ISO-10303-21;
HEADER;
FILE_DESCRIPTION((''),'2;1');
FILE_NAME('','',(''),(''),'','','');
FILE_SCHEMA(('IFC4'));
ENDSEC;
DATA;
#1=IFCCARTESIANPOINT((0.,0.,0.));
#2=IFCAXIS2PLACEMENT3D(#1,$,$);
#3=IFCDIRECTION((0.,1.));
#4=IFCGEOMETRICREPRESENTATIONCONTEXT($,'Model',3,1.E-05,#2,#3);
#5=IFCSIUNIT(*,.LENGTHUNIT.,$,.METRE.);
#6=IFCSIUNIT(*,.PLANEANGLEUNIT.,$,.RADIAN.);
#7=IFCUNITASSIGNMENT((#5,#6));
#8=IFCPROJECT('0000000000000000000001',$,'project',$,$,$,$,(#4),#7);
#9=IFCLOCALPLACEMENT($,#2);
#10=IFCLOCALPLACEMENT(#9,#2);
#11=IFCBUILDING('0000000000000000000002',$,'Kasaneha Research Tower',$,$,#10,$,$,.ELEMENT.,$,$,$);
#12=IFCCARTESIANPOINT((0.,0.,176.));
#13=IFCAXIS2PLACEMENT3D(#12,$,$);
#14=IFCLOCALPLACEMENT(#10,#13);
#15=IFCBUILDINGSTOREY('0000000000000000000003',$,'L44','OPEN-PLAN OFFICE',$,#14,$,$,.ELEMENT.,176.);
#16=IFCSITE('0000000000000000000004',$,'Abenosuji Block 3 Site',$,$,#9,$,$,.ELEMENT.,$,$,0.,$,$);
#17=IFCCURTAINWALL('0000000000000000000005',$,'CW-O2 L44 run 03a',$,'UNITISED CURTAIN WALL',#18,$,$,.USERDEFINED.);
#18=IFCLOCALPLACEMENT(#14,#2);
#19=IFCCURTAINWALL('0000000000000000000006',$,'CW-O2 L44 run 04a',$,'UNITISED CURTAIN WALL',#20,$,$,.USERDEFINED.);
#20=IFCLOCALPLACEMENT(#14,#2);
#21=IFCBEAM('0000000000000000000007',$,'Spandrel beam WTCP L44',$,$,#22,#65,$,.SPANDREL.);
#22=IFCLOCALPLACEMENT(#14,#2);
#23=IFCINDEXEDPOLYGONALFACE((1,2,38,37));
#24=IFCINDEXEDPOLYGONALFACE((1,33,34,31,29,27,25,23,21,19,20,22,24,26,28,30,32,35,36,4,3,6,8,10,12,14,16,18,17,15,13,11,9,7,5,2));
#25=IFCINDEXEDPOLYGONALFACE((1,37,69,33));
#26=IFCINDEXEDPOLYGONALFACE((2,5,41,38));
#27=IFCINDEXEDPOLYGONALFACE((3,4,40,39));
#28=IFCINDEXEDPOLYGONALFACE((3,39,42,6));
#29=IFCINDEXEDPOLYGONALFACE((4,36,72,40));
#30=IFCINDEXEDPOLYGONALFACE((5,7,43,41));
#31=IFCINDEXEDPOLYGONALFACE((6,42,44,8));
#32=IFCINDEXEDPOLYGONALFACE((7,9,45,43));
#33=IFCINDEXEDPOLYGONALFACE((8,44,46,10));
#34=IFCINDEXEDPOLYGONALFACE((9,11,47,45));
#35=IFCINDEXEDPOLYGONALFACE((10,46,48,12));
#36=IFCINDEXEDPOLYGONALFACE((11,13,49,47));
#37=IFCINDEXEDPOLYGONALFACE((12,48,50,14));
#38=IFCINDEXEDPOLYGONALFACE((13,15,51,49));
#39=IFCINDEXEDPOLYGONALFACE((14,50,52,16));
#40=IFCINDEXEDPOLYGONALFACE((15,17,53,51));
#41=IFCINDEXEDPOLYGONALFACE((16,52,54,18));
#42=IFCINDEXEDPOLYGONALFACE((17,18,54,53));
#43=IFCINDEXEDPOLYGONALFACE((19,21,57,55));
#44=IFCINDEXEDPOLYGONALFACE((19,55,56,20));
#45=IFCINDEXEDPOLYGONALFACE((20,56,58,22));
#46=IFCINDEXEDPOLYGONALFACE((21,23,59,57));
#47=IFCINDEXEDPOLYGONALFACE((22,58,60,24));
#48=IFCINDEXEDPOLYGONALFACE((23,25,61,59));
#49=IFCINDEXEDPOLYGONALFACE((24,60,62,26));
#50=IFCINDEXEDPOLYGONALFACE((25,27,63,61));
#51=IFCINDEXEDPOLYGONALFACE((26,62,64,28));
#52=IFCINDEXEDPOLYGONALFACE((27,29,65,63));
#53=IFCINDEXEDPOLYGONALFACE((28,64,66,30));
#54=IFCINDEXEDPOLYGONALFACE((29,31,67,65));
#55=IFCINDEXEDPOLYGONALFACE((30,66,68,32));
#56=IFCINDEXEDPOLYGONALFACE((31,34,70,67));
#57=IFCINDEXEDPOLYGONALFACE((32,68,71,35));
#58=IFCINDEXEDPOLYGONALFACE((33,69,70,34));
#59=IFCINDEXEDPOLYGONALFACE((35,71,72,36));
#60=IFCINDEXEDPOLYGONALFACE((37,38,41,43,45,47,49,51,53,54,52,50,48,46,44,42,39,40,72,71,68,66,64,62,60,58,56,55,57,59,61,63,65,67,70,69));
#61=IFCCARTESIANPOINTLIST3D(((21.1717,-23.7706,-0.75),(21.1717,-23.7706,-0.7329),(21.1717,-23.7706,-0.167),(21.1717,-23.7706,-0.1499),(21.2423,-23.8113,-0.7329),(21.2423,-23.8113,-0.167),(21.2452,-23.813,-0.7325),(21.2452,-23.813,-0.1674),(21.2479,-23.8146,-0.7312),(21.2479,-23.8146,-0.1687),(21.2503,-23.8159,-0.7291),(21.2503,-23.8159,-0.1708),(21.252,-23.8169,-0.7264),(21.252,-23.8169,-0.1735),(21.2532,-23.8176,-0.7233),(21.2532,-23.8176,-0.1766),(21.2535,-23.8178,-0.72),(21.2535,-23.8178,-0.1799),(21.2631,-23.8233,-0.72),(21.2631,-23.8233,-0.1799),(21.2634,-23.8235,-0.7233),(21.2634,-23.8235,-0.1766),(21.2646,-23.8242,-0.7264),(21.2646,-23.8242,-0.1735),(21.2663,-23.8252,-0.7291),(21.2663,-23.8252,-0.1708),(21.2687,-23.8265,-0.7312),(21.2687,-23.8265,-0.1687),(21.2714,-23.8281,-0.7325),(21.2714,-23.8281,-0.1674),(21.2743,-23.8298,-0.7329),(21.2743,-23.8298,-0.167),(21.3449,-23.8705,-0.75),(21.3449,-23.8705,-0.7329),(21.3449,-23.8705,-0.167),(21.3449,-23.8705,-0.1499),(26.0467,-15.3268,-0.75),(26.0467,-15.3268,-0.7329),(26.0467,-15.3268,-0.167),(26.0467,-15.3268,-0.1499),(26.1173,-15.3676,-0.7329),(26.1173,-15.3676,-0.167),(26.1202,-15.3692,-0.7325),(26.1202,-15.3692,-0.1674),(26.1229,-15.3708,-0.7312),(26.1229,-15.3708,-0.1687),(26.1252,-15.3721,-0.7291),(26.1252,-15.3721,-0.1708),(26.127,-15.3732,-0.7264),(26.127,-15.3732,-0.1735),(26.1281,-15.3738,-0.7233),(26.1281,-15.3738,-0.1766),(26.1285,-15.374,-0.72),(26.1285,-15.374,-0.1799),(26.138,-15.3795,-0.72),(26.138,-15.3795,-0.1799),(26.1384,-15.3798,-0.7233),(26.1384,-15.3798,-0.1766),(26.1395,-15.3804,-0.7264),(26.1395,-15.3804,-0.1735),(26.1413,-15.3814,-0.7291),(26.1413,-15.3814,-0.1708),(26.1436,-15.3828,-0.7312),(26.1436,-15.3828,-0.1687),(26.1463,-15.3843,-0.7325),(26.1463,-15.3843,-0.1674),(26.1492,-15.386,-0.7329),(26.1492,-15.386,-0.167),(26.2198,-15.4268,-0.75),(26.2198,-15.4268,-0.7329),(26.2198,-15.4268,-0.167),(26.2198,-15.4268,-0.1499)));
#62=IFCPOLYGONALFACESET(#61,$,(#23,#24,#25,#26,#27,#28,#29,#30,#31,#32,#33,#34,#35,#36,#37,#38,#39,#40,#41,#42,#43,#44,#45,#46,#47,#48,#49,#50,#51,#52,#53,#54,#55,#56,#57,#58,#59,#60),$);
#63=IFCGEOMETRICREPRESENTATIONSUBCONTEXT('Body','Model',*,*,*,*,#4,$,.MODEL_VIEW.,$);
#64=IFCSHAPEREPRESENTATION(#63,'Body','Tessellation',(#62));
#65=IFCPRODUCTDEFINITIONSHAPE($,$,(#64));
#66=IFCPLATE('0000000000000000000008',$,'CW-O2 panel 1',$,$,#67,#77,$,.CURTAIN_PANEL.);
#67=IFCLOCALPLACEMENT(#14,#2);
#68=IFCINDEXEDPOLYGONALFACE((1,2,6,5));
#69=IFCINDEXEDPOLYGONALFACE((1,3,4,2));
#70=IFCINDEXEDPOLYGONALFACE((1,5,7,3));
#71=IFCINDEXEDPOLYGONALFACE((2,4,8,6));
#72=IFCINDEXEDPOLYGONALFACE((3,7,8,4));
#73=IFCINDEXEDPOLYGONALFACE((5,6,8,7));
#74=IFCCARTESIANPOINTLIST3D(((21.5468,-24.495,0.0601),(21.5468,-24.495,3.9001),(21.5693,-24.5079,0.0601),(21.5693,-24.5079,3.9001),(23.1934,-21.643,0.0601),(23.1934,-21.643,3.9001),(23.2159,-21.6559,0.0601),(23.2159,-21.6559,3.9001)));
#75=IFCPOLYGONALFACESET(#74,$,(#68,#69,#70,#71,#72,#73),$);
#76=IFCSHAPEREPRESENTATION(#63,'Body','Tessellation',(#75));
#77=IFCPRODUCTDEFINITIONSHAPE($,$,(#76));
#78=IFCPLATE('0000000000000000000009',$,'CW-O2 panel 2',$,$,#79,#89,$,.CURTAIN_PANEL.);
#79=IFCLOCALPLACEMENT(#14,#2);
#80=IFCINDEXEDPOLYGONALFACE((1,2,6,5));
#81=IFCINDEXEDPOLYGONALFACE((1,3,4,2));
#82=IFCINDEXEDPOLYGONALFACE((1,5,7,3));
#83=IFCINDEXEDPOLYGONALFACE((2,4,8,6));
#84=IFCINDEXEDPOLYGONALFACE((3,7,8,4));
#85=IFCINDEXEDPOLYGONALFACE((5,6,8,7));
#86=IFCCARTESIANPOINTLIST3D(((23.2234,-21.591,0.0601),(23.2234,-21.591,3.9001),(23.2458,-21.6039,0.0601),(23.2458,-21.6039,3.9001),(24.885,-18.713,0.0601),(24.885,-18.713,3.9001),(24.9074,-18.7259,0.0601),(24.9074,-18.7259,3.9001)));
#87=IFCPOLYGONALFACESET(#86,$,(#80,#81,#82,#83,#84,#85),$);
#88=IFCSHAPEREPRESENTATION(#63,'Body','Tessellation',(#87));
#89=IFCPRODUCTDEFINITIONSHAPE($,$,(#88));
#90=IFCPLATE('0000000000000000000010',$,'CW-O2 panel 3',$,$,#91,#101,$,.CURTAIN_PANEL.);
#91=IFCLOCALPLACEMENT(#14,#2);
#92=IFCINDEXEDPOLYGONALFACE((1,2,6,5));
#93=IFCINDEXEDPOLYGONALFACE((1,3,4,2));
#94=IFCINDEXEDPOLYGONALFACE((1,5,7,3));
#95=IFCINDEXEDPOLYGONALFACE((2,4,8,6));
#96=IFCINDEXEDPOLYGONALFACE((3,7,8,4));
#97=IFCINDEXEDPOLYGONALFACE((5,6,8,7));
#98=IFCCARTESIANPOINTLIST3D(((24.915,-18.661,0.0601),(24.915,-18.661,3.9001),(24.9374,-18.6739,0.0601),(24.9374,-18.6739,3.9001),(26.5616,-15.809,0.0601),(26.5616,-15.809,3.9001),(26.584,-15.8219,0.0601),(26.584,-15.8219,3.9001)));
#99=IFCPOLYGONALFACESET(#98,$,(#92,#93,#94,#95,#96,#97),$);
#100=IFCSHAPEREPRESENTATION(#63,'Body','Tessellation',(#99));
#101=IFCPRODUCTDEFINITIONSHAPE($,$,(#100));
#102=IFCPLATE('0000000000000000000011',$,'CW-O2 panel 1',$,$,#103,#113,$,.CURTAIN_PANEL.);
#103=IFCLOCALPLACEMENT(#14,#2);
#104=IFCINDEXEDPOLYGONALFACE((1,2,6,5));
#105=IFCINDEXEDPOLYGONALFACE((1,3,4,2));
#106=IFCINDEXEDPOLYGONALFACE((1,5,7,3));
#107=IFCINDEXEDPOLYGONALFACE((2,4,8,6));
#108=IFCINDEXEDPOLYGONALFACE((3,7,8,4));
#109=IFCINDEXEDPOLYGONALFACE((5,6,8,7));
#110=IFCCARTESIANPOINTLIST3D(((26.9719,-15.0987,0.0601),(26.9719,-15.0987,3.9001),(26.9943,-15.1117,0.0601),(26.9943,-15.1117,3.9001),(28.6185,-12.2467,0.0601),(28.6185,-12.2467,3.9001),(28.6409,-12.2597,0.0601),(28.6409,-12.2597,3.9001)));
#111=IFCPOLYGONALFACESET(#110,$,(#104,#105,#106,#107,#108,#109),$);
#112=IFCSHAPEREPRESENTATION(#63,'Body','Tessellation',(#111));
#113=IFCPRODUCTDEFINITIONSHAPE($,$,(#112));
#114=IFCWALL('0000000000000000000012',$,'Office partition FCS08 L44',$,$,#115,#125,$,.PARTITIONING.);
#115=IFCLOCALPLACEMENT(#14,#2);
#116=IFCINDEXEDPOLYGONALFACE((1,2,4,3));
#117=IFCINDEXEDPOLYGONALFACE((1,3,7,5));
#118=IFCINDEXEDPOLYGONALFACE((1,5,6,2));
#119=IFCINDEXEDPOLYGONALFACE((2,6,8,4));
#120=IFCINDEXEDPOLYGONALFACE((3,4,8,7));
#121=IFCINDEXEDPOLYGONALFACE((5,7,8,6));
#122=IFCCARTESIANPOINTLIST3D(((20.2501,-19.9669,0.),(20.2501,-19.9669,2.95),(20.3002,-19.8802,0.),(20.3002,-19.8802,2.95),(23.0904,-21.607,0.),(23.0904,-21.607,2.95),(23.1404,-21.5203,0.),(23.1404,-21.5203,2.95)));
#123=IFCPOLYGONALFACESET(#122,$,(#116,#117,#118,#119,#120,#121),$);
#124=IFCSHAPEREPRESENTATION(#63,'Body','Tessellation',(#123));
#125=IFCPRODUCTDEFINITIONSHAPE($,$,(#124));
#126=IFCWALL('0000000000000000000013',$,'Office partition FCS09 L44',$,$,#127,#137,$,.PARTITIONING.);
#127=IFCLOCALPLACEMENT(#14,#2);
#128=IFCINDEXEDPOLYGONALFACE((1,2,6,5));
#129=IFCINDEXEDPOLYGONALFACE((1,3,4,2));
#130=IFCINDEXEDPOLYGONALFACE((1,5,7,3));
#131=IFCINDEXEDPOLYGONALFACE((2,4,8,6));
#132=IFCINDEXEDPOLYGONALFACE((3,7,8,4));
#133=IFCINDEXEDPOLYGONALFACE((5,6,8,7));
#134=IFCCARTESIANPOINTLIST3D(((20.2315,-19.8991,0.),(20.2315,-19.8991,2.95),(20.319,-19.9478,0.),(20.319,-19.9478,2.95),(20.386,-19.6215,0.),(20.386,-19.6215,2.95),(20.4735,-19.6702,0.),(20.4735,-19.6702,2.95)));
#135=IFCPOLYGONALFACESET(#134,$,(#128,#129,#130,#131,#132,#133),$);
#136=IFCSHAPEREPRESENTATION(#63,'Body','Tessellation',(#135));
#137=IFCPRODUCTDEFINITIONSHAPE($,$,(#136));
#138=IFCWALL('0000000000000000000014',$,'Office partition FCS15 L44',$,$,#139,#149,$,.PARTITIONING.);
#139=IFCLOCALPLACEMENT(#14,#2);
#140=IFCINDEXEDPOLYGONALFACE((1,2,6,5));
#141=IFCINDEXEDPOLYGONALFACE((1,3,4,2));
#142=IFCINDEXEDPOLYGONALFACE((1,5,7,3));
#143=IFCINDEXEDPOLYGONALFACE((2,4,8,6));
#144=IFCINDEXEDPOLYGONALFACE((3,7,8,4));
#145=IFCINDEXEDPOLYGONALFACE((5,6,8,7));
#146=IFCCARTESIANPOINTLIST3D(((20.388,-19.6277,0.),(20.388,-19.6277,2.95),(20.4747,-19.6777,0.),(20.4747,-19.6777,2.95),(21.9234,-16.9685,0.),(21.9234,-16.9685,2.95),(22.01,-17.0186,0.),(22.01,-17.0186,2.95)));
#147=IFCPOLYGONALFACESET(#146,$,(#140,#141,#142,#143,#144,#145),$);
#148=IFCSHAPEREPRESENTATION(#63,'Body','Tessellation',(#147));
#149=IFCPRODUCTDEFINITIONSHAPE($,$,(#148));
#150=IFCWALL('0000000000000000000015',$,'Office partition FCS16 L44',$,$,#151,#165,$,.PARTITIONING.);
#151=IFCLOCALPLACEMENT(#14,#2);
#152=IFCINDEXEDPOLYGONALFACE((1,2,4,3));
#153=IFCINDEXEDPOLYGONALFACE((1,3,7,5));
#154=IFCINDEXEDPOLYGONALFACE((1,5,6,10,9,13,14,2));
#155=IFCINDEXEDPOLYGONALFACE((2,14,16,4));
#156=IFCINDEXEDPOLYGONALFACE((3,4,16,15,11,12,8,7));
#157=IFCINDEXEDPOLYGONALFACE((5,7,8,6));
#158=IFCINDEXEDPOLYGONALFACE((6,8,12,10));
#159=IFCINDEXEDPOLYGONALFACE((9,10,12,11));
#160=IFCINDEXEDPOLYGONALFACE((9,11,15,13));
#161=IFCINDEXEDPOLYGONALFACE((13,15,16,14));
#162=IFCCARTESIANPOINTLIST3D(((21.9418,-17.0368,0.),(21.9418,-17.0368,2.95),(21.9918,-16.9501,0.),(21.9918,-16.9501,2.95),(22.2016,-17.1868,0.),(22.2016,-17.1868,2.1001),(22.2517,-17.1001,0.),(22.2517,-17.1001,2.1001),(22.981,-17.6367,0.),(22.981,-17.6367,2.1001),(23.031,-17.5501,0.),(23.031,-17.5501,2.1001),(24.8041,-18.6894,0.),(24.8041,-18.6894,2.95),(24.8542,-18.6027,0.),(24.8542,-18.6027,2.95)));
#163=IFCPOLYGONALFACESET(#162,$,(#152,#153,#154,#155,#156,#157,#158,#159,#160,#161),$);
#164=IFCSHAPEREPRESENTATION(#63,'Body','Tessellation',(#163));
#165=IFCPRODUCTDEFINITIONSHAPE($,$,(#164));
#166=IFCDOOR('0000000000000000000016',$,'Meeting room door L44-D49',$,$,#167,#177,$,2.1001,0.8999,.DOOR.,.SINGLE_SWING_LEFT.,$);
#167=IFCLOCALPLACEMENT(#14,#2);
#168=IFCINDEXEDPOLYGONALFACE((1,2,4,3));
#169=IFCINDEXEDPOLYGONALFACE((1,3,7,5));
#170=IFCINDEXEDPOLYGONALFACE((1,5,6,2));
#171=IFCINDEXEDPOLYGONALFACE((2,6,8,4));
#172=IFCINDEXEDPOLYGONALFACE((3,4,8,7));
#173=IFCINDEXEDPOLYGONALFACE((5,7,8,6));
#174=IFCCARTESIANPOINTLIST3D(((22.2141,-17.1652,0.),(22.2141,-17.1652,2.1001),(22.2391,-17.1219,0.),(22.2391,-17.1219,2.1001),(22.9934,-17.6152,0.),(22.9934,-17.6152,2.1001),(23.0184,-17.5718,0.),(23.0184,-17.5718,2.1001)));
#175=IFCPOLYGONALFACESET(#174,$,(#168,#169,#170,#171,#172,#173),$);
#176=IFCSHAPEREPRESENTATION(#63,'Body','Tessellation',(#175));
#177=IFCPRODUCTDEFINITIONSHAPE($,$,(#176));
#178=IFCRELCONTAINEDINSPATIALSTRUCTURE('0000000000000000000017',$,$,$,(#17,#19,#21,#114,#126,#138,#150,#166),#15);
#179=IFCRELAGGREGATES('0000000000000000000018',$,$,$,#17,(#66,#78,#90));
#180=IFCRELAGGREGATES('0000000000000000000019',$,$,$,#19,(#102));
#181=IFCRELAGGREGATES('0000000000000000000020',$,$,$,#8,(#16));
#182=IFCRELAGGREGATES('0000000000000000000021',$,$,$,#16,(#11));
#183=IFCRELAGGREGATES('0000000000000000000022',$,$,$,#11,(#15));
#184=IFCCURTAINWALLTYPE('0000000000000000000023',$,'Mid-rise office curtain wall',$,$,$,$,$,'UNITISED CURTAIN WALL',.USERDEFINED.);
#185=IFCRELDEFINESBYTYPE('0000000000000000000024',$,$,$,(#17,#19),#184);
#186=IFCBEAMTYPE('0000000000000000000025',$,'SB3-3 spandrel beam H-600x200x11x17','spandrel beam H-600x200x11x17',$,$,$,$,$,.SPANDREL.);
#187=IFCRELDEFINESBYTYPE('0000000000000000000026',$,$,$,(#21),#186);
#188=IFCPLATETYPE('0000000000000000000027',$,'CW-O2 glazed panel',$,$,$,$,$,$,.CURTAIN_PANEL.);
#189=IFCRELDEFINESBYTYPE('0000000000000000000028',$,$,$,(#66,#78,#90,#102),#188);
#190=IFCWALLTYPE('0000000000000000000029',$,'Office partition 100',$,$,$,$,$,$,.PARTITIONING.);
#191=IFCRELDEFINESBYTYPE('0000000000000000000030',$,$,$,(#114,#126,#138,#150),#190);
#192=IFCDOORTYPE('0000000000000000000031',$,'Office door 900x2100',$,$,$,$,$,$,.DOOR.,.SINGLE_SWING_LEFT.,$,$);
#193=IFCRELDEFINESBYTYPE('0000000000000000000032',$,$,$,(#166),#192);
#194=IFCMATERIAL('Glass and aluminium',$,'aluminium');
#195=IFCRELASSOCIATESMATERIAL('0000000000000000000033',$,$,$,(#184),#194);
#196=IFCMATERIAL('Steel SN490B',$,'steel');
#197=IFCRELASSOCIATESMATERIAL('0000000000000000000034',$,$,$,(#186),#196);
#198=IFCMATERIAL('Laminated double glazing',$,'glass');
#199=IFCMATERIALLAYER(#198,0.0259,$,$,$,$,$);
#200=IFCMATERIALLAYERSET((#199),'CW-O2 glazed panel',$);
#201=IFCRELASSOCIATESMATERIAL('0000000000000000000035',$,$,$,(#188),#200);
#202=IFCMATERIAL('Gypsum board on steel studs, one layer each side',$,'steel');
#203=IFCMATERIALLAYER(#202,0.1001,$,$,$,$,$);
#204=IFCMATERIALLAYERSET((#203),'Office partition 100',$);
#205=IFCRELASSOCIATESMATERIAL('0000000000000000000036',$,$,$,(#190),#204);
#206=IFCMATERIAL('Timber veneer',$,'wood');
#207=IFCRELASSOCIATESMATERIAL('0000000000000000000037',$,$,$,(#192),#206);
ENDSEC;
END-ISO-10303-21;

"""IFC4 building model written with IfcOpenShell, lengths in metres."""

from ifc_helpers import new_model, si_unit, direction, frame, frame_2d, origin, origin_2d, place, context, subcontext, project, spatial, rectangle, i_section, extrude, material, layer, layer_set, material_profile, profile_set, type_object, element, fill, aggregate, save


model = new_model("IFC4")

# Units and contexts
model_context = context("Model", 3, precision=1e-05, world=origin(), true_north=direction((0.0, 1.0)))
body_context = subcontext(model_context, "Body", "Model", "MODEL_VIEW")
ifc_project = project(units=[si_unit("LENGTHUNIT", "METRE"), si_unit("PLANEANGLEUNIT", "RADIAN")], contexts=[model_context])

# Site, building, storey
site_placement = place(None, origin())
site = spatial("IfcSite", under=ifc_project, at=site_placement, Name="Abenosuji Block 3 Site", CompositionType="ELEMENT", RefElevation=0.0)
building_placement = place(site_placement, origin())
building = spatial("IfcBuilding", under=site, at=building_placement, Name="Kasaneha Research Tower", CompositionType="ELEMENT")
storey_placement = place(building_placement, frame((0.0, 0.0, 176.0)))
storey = spatial("IfcBuildingStorey", under=building, at=storey_placement, Name="L44", Description="OPEN-PLAN OFFICE", CompositionType="ELEMENT", Elevation=176.0)

# Shared definitions
ifc_material_1 = material(Name="Glass and aluminium", Category="aluminium")
curtain_wall_type = type_object("IfcCurtainWallType", Name="Mid-rise office curtain wall", ElementType="UNITISED CURTAIN WALL", PredefinedType="USERDEFINED", material=ifc_material_1)

# Curtain walls
curtain_wall_1_placement = place(storey_placement, origin())
curtain_wall_1 = element("IfcCurtainWall", 1, at=curtain_wall_1_placement, inside=storey, type_object=curtain_wall_type, Name="CW-O2 L44 run 03a", ObjectType="UNITISED CURTAIN WALL", PredefinedType="USERDEFINED")
curtain_wall_2_placement = place(storey_placement, origin())
curtain_wall_2 = element("IfcCurtainWall", 2, at=curtain_wall_2_placement, inside=storey, type_object=curtain_wall_type, Name="CW-O2 L44 run 04a", ObjectType="UNITISED CURTAIN WALL", PredefinedType="USERDEFINED")

# Beam
ifc_material_2 = material(Name="Steel SN490B", Category="steel")
ifc_material_profile_1 = material_profile(ifc_material_2, i_section(OverallWidth=0.2, OverallDepth=0.6001, WebThickness=0.011, FlangeThickness=0.0171, FilletRadius=0.0129, at=origin_2d()), Name="H-600x200x11x17")
ifc_profile_set_1 = profile_set([ifc_material_profile_1], Name="Steel SN490B")
beam_type = type_object("IfcBeamType", Name="SB3-3 spandrel beam H-600x200x11x17", Description="spandrel beam H-600x200x11x17", PredefinedType="SPANDREL", material=ifc_profile_set_1)
beam_placement = place(storey_placement, frame((21.2583, -23.8206, -0.45), z_axis=(0.499996, 0.866028, 0.0), x_axis=(-0.866028, 0.499996, 0.0)))
element("IfcBeam", 3, at=beam_placement, inside=storey, type_object=beam_type, Name="Spandrel beam WTCP L44", PredefinedType="SPANDREL", context=body_context, shape_type="SweptSolid", body=[
    extrude(i_section(OverallWidth=0.2, OverallDepth=0.6001, WebThickness=0.011, FlangeThickness=0.0171, FilletRadius=0.0129, at=origin_2d()), origin(), (0.0, 0.0, 1.0), 9.75),
])

# Plates
ifc_material_3 = material(Name="Laminated double glazing", Category="glass")
ifc_layer_1 = layer(ifc_material_3, 0.0259)
ifc_layer_set_1 = layer_set([ifc_layer_1], Name="CW-O2 glazed panel")
plate_type = type_object("IfcPlateType", Name="CW-O2 glazed panel", PredefinedType="CURTAIN_PANEL", material=ifc_layer_set_1)
plate_1_placement = place(storey_placement, frame((22.3813, -23.0754, 0.0601), z_axis=(0.0, 0.0, 1.0), x_axis=(0.5, 0.866025, 0.0)))
plate_1 = element("IfcPlate", 4, at=plate_1_placement, type_object=plate_type, Name="CW-O2 panel 1", PredefinedType="CURTAIN_PANEL", context=body_context, shape_type="SweptSolid", body=[
    extrude(rectangle(XDim=3.2932, YDim=0.0259, at=origin_2d()), origin(), (0.0, 0.0, 1.0), 3.8401),
])
plate_2_placement = place(storey_placement, frame((24.0654, -20.1584, 0.0601), z_axis=(0.0, 0.0, 1.0), x_axis=(0.5, 0.866025, 0.0)))
plate_2 = element("IfcPlate", 5, at=plate_2_placement, type_object=plate_type, Name="CW-O2 panel 2", PredefinedType="CURTAIN_PANEL", context=body_context, shape_type="SweptSolid", body=[
    extrude(rectangle(XDim=3.3232, YDim=0.0259, at=origin_2d()), origin(), (0.0, 0.0, 1.0), 3.8401),
])
plate_3_placement = place(storey_placement, frame((25.7495, -17.2415, 0.0601), z_axis=(0.0, 0.0, 1.0), x_axis=(0.5, 0.866025, 0.0)))
plate_3 = element("IfcPlate", 6, at=plate_3_placement, type_object=plate_type, Name="CW-O2 panel 3", PredefinedType="CURTAIN_PANEL", context=body_context, shape_type="SweptSolid", body=[
    extrude(rectangle(XDim=3.2932, YDim=0.0259, at=origin_2d()), origin(), (0.0, 0.0, 1.0), 3.8401),
])
aggregate(curtain_wall_1, [plate_1, plate_2, plate_3])
plate_4_placement = place(storey_placement, frame((27.8064, -13.6792, 0.0601), z_axis=(0.0, 0.0, 1.0), x_axis=(0.5, 0.866025, 0.0)))
plate_4 = element("IfcPlate", 7, at=plate_4_placement, type_object=plate_type, Name="CW-O2 panel 1", PredefinedType="CURTAIN_PANEL", context=body_context, shape_type="SweptSolid", body=[
    extrude(rectangle(XDim=3.2932, YDim=0.0259, at=origin_2d()), origin(), (0.0, 0.0, 1.0), 3.8401),
])
aggregate(curtain_wall_2, [plate_4])

# Walls
ifc_material_4 = material(Name="Gypsum board on steel studs, one layer each side", Category="steel")
ifc_layer_2 = layer(ifc_material_4, 0.1001)
ifc_layer_set_2 = layer_set([ifc_layer_2], Name="Office partition 100")
wall_type_1 = type_object("IfcWallType", Name="Office partition 100", PredefinedType="PARTITIONING", material=ifc_layer_set_2)
wall_1_placement = place(storey_placement, frame((20.2751, -19.9236, 0.0), z_axis=(0.0, 0.0, 1.0), x_axis=(0.86599, -0.500062, 0.0)))
element("IfcWall", 8, at=wall_1_placement, inside=storey, type_object=wall_type_1, Name="Office partition FCS08 L44", PredefinedType="PARTITIONING", context=body_context, shape_type="SweptSolid", body=[
    extrude(rectangle(XDim=3.2798, YDim=0.1001, at=frame_2d((1.6399, 0.0))), origin(), (0.0, 0.0, 1.0), 2.95),
])
wall_2_placement = place(storey_placement, frame((20.4297, -19.646, 0.0), z_axis=(0.0, 0.0, 1.0), x_axis=(-0.486426, -0.873722, 0.0)))
element("IfcWall", 9, at=wall_2_placement, inside=storey, type_object=wall_type_1, Name="Office partition FCS09 L44", PredefinedType="PARTITIONING", context=body_context, shape_type="SweptSolid", body=[
    extrude(rectangle(XDim=0.3176, YDim=0.1001, at=frame_2d((0.1587, 0.0))), origin(), (0.0, 0.0, 1.0), 2.95),
])
wall_3_placement = place(storey_placement, frame((20.4314, -19.6526, 0.0), z_axis=(0.0, 0.0, 1.0), x_axis=(0.50003, 0.866008, 0.0)))
element("IfcWall", 10, at=wall_3_placement, inside=storey, type_object=wall_type_1, Name="Office partition FCS15 L44", PredefinedType="PARTITIONING", context=body_context, shape_type="SweptSolid", body=[
    extrude(rectangle(XDim=3.0706, YDim=0.1001, at=frame_2d((1.5352, 0.0))), origin(), (0.0, 0.0, 1.0), 2.95),
])

# Wall, opening, door
wall_4_placement = place(storey_placement, frame((21.9668, -16.9934, 0.0), z_axis=(0.0, 0.0, 1.0), x_axis=(0.866021, -0.500008, 0.0)))
wall_4 = element("IfcWall", 11, at=wall_4_placement, inside=storey, type_object=wall_type_1, Name="Office partition FCS16 L44", PredefinedType="PARTITIONING", context=body_context, shape_type="SweptSolid", body=[
    extrude(rectangle(XDim=3.3052, YDim=0.1001, at=frame_2d((1.6526, 0.0))), origin(), (0.0, 0.0, 1.0), 2.95),
])
opening_1_placement = place(wall_4_placement, frame((0.3, 0.0, 0.0)))
opening_1 = element("IfcOpeningElement", 12, at=opening_1_placement, cuts=wall_4, PredefinedType="OPENING", context=body_context, shape_type="SweptSolid", body=[
    extrude(rectangle(XDim=0.8999, YDim=2.1001, at=frame_2d((0.45, 1.05))), frame((0.0, 0.0601, 0.0), z_axis=(0.0, -1.0, 0.0), x_axis=(1.0, 0.0, 0.0)), (0.0, 0.0, 1.0), 0.1201),
])
ifc_material_5 = material(Name="Timber veneer", Category="wood")
door_type_1 = type_object("IfcDoorType", Name="Office door 900x2100", OperationType="SINGLE_SWING_LEFT", PredefinedType="DOOR", material=ifc_material_5)
door_1_placement = place(opening_1_placement, origin())
door_1 = element("IfcDoor", 13, at=door_1_placement, inside=storey, type_object=door_type_1, Name="Meeting room door L44-D49", OperationType="SINGLE_SWING_LEFT", OverallHeight=2.1001, OverallWidth=0.8999, PredefinedType="DOOR", context=body_context, shape_type="SweptSolid", body=[
    extrude(rectangle(XDim=0.8999, YDim=2.1001, at=frame_2d((0.45, 1.05))), frame((0.0, 0.0249, 0.0), z_axis=(0.0, -1.0, 0.0), x_axis=(1.0, 0.0, 0.0)), (0.0, 0.0, 1.0), 0.05),
])
fill(opening_1, door_1)

save(model, "model.ifc")
